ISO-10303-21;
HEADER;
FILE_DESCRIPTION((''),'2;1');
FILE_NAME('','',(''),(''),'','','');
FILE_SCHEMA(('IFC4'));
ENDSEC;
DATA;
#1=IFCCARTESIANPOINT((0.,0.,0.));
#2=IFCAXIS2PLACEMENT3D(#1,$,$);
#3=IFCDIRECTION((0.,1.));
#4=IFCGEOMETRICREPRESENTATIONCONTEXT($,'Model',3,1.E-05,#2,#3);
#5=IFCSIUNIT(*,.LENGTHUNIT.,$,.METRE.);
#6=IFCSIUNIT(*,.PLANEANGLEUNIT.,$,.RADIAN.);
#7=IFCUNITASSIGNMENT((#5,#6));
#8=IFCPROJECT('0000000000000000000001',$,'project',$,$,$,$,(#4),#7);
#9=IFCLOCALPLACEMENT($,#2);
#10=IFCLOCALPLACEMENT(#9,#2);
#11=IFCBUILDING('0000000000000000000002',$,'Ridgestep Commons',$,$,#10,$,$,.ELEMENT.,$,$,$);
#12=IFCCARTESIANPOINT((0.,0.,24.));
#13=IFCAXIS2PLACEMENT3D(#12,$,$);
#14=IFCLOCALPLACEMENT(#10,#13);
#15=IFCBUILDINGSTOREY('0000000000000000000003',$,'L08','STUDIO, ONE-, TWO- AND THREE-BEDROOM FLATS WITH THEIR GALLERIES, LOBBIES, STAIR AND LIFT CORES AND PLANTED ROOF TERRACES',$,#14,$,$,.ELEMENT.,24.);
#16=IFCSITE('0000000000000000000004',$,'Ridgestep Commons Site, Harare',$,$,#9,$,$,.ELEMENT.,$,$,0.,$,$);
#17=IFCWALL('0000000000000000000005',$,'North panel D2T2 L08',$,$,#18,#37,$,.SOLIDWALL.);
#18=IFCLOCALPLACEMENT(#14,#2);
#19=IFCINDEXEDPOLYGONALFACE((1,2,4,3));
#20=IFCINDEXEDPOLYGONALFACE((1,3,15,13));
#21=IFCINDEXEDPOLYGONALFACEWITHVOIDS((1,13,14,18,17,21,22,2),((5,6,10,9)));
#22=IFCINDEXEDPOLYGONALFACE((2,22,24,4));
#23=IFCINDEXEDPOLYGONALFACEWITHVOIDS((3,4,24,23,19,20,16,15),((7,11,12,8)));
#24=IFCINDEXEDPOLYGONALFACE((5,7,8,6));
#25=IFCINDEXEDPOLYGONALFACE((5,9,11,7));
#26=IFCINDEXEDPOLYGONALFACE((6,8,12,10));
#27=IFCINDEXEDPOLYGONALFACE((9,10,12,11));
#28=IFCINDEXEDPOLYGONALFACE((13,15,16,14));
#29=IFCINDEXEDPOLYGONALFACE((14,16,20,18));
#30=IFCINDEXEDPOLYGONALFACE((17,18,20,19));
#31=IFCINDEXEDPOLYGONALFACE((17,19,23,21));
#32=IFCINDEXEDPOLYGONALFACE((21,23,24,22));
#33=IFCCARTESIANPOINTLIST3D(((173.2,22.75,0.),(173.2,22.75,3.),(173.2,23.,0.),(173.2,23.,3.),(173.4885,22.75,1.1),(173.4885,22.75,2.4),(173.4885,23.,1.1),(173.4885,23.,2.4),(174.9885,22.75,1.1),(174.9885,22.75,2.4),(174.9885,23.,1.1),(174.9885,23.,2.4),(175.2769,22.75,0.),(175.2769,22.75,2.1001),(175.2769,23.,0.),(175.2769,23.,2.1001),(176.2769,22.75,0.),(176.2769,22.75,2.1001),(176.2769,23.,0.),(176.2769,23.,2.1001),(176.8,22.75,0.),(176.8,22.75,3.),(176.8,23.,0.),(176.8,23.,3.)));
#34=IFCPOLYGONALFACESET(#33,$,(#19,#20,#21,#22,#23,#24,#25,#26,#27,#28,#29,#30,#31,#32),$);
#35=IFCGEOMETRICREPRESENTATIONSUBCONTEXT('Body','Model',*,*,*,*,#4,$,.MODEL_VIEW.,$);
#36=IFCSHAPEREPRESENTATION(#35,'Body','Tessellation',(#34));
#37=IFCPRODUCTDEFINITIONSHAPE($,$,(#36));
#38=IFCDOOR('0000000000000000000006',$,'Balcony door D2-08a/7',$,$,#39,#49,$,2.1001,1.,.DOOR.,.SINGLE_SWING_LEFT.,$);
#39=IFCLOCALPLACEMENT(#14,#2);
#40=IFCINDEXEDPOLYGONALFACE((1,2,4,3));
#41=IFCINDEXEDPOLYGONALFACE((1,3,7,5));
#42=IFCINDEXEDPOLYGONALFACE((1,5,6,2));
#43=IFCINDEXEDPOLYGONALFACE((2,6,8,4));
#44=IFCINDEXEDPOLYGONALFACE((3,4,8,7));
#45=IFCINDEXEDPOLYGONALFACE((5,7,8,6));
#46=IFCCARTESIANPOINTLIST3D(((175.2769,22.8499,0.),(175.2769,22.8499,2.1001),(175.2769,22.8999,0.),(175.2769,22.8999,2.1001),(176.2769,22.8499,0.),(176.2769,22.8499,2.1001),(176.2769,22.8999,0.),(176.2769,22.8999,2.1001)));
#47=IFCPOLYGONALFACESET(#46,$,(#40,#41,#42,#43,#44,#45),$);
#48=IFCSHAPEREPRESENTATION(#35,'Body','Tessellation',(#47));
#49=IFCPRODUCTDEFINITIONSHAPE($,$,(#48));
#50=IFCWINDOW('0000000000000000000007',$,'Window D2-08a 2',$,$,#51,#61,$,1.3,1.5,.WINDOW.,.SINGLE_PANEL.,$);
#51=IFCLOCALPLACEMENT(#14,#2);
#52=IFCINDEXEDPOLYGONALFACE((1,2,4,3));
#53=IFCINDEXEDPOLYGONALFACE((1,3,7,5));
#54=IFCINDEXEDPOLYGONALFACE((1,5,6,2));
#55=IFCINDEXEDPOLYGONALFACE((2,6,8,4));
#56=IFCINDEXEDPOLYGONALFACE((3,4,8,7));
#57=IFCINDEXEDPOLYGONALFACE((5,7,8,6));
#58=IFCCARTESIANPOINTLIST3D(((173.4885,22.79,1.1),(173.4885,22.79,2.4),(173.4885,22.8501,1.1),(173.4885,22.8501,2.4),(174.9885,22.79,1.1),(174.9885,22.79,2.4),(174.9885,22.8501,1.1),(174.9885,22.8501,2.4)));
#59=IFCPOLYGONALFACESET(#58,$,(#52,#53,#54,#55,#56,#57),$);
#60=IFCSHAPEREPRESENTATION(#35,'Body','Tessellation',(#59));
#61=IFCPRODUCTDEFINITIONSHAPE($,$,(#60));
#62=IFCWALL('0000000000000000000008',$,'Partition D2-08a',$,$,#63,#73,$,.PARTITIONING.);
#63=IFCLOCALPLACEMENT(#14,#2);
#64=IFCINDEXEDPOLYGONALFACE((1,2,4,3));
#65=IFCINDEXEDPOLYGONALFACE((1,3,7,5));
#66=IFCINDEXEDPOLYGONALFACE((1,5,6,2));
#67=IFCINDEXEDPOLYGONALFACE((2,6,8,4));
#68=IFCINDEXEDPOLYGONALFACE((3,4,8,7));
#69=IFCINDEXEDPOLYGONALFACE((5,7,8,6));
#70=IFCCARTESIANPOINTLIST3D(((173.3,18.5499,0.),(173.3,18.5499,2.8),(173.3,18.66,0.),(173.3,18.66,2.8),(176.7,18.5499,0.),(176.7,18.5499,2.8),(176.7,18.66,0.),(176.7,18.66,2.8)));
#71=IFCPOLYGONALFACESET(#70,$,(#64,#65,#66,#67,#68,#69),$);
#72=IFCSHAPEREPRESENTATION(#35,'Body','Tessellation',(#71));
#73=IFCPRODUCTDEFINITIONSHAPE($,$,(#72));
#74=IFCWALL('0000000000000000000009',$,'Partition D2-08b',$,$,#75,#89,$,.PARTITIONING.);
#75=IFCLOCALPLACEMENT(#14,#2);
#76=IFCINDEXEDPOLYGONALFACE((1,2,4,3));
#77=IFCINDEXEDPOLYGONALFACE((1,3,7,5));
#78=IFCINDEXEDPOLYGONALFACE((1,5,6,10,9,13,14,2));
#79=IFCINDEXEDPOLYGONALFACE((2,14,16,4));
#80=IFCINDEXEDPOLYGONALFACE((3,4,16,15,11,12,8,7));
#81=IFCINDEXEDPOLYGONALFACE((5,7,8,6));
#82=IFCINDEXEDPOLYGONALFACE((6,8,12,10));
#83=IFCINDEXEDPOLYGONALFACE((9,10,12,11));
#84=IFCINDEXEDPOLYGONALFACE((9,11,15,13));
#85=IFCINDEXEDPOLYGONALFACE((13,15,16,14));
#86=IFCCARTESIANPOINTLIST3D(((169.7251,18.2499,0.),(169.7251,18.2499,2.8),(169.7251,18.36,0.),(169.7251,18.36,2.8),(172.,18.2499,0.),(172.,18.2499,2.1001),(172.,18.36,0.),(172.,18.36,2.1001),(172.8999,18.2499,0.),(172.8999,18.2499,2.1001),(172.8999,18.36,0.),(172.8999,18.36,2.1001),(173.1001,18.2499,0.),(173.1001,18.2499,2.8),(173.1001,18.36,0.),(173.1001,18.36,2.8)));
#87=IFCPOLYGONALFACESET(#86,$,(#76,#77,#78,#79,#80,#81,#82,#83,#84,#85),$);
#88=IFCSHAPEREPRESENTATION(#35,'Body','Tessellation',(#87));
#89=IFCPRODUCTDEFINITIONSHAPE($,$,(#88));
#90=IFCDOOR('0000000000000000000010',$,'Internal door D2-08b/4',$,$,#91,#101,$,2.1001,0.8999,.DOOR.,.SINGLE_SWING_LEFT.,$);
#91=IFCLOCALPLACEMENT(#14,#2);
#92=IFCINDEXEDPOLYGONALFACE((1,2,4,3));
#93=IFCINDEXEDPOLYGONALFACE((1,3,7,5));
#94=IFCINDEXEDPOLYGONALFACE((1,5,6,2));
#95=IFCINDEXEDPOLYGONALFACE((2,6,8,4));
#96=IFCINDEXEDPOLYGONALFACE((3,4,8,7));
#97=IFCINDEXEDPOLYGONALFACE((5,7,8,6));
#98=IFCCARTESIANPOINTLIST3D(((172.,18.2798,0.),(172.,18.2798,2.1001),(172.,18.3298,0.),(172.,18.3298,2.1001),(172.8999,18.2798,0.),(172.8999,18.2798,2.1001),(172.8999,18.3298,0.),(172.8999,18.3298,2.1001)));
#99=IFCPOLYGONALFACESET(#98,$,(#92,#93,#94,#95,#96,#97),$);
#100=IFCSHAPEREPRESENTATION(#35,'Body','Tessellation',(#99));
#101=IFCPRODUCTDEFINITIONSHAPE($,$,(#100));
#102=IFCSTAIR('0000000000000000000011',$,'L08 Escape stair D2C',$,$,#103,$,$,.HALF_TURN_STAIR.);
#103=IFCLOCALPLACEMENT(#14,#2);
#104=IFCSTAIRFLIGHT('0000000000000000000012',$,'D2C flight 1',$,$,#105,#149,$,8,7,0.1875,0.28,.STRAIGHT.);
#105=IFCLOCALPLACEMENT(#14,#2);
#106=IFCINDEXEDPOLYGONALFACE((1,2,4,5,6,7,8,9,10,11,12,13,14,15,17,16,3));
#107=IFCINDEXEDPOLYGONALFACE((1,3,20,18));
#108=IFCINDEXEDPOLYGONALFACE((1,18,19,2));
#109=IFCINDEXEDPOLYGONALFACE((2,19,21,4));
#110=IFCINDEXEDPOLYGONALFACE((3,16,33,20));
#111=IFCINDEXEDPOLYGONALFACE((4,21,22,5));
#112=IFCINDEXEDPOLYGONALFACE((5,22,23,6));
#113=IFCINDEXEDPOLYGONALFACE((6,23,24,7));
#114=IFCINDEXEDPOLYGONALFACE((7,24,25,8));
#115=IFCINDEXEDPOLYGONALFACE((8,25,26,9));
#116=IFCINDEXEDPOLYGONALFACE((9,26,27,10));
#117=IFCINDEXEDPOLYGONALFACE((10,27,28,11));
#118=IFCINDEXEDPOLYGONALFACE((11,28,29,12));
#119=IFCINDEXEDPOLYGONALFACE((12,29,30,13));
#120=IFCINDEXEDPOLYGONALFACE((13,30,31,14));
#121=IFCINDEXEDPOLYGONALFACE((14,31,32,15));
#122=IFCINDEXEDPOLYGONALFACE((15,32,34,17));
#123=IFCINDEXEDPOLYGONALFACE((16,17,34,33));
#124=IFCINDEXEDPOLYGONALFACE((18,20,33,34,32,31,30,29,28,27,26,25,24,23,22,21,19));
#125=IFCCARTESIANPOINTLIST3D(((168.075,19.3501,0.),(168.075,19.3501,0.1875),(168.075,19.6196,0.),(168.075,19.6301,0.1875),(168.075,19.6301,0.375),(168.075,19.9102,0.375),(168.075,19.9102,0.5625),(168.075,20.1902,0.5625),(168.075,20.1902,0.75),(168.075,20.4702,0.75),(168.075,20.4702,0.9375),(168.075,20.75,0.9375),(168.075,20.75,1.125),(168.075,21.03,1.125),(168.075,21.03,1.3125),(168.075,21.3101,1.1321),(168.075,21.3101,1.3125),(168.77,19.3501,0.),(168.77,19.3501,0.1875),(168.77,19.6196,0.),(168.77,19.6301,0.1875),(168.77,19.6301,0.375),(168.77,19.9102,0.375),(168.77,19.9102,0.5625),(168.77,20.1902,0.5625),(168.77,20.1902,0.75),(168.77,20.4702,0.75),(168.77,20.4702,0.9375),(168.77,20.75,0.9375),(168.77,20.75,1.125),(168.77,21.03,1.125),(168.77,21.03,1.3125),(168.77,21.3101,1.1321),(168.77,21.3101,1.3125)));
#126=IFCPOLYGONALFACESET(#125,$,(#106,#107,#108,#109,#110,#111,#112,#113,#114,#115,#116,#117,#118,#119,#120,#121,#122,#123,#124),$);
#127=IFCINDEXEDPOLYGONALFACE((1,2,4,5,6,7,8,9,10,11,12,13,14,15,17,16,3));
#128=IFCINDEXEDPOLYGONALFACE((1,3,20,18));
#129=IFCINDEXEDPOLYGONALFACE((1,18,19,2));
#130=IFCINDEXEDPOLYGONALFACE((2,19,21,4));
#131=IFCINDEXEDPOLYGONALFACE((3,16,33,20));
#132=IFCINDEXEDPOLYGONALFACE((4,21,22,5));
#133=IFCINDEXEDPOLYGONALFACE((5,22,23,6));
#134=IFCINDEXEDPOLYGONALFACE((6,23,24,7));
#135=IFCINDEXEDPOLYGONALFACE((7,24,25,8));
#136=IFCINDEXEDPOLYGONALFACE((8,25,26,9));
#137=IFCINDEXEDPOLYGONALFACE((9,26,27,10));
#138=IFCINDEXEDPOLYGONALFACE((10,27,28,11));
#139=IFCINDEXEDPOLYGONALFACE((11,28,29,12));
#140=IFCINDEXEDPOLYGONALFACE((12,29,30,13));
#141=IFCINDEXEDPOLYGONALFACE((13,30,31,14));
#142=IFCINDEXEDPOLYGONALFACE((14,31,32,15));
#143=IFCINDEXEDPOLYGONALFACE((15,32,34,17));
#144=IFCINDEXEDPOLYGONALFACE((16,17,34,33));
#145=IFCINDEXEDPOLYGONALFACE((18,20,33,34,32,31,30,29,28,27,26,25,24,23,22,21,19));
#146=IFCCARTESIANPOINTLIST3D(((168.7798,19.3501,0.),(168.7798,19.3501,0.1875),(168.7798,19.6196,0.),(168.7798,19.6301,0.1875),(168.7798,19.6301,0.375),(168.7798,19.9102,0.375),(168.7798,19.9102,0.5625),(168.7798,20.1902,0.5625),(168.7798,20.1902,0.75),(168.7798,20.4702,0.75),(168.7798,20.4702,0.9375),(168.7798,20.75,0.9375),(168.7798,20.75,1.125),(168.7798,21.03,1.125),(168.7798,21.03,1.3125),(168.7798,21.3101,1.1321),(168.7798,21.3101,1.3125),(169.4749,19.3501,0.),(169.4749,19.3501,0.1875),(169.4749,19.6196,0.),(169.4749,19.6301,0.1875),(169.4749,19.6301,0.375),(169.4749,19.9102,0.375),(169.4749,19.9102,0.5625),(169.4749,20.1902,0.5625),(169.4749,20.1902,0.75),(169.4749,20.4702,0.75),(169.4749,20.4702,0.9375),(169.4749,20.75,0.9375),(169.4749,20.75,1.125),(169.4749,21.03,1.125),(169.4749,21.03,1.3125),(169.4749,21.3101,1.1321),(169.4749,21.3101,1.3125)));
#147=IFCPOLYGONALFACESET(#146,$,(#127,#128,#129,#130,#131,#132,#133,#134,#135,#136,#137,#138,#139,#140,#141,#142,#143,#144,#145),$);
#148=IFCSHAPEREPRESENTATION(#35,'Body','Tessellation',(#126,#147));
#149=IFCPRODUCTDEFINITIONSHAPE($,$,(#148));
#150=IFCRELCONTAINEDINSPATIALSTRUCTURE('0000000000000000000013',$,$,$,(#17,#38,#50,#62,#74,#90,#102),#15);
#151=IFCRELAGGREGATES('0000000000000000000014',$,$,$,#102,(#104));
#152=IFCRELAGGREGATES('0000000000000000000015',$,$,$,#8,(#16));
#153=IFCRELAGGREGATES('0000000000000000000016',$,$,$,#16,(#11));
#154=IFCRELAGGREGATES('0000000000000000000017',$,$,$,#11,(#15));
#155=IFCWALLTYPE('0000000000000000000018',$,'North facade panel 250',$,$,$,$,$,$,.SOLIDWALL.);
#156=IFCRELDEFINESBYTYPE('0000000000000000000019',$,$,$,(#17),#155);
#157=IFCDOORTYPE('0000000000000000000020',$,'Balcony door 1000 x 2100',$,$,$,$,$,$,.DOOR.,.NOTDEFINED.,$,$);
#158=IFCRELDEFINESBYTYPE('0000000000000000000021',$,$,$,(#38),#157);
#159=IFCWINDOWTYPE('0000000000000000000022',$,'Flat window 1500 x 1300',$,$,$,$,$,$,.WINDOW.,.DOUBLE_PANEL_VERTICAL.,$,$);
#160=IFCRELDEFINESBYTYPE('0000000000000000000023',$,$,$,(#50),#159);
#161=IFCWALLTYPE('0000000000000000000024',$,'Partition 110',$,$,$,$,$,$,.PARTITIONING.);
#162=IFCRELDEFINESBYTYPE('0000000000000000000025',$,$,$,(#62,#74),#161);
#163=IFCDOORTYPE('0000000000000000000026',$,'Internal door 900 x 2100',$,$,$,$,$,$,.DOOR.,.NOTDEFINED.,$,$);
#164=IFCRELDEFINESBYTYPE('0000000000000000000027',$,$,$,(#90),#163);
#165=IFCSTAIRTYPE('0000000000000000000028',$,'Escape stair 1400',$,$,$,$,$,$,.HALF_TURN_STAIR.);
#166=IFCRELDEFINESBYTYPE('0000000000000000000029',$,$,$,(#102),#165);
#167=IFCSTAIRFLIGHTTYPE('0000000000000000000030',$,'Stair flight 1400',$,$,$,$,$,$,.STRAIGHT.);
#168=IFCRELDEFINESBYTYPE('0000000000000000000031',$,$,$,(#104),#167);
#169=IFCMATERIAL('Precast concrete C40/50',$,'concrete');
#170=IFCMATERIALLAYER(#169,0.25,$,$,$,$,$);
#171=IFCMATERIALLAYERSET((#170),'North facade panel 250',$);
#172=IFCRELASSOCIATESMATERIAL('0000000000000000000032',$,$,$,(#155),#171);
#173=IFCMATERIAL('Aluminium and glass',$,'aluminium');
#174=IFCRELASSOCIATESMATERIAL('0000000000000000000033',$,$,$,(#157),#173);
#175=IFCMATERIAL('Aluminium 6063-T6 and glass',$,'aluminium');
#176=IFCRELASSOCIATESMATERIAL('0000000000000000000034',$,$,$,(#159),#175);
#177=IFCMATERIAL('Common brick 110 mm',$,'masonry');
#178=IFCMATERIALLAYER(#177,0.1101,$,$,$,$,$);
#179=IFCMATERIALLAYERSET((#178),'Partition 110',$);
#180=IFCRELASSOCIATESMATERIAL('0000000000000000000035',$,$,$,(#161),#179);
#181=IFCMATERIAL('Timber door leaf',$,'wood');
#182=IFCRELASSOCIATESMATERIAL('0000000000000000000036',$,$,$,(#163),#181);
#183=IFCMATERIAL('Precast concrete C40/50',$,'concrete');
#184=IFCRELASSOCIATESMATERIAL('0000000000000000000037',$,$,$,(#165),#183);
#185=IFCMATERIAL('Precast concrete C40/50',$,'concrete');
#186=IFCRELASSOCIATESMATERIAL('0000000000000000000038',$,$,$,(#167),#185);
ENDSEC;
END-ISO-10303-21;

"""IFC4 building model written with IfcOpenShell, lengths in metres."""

from ifc_helpers import new_model, si_unit, direction, frame, frame_2d, origin, place, context, subcontext, project, spatial, polyline, rectangle, outline, extrude, material, layer, layer_set, type_object, element, fill, aggregate, save


model = new_model("IFC4")

# Units and contexts
model_context = context("Model", 3, precision=1e-05, world=origin(), true_north=direction((0.0, 1.0)))
body_context = subcontext(model_context, "Body", "Model", "MODEL_VIEW")
ifc_project = project(units=[si_unit("LENGTHUNIT", "METRE"), si_unit("PLANEANGLEUNIT", "RADIAN")], contexts=[model_context])

# Site, building, storey
site_placement = place(None, origin())
site = spatial("IfcSite", under=ifc_project, at=site_placement, Name="Ridgestep Commons Site, Harare", CompositionType="ELEMENT", RefElevation=0.0)
building_placement = place(site_placement, origin())
building = spatial("IfcBuilding", under=site, at=building_placement, Name="Ridgestep Commons", CompositionType="ELEMENT")
storey_placement = place(building_placement, frame((0.0, 0.0, 24.0)))
storey = spatial("IfcBuildingStorey", under=building, at=storey_placement, Name="L08", Description="STUDIO, ONE-, TWO- AND THREE-BEDROOM FLATS WITH THEIR GALLERIES, LOBBIES, STAIR AND LIFT CORES AND PLANTED ROOF TERRACES", CompositionType="ELEMENT", Elevation=24.0)

# Shared definitions
ifc_material_1 = material(Name="Precast concrete C40/50", Category="concrete")
ifc_layer_1 = layer(ifc_material_1, 0.25)
ifc_layer_set_1 = layer_set([ifc_layer_1], Name="North facade panel 250")
wall_type_1 = type_object("IfcWallType", Name="North facade panel 250", PredefinedType="SOLIDWALL", material=ifc_layer_set_1)

# Wall, openings, door, window
wall_1_placement = place(storey_placement, frame((173.2, 22.875, 0.0), z_axis=(0.0, 0.0, 1.0), x_axis=(1.0, 0.0, 0.0)))
wall_1 = element("IfcWall", 1, at=wall_1_placement, inside=storey, type_object=wall_type_1, Name="North panel D2T2 L08", PredefinedType="SOLIDWALL", context=body_context, shape_type="SweptSolid", body=[
    extrude(rectangle(XDim=3.6001, YDim=0.25, at=frame_2d((1.8, 0.0))), origin(), (0.0, 0.0, 1.0), 3.0),
])
opening_1_placement = place(wall_1_placement, frame((0.2886, 0.0, 1.1001)))
opening_1 = element("IfcOpeningElement", 2, at=opening_1_placement, cuts=wall_1, PredefinedType="OPENING", context=body_context, shape_type="SweptSolid", body=[
    extrude(rectangle(XDim=1.5, YDim=1.3, at=frame_2d((0.75, 0.6499))), frame((0.0, 0.135, 0.0), z_axis=(0.0, -1.0, 0.0), x_axis=(1.0, 0.0, 0.0)), (0.0, 0.0, 1.0), 0.27),
])
opening_2_placement = place(wall_1_placement, frame((2.0769, 0.0, 0.0)))
opening_2 = element("IfcOpeningElement", 3, at=opening_2_placement, cuts=wall_1, PredefinedType="OPENING", context=body_context, shape_type="SweptSolid", body=[
    extrude(rectangle(XDim=1.0, YDim=2.1001, at=frame_2d((0.5, 1.05))), frame((0.0, 0.135, 0.0), z_axis=(0.0, -1.0, 0.0), x_axis=(1.0, 0.0, 0.0)), (0.0, 0.0, 1.0), 0.27),
])
ifc_material_2 = material(Name="Aluminium and glass", Category="aluminium")
door_type_1 = type_object("IfcDoorType", Name="Balcony door 1000 x 2100", OperationType="NOTDEFINED", PredefinedType="DOOR", material=ifc_material_2)
door_1_placement = place(opening_2_placement, origin())
door_1 = element("IfcDoor", 4, at=door_1_placement, inside=storey, type_object=door_type_1, Name="Balcony door D2-08a/7", OperationType="SINGLE_SWING_LEFT", OverallHeight=2.1001, OverallWidth=1.0, PredefinedType="DOOR", context=body_context, shape_type="SweptSolid", body=[
    extrude(rectangle(XDim=1.0, YDim=2.1001, at=frame_2d((0.5, 1.05))), frame((0.0, 0.0249, 0.0), z_axis=(0.0, -1.0, 0.0), x_axis=(1.0, 0.0, 0.0)), (0.0, 0.0, 1.0), 0.05),
])
fill(opening_2, door_1)
ifc_material_3 = material(Name="Aluminium 6063-T6 and glass", Category="aluminium")
window_type_1 = type_object("IfcWindowType", Name="Flat window 1500 x 1300", PartitioningType="DOUBLE_PANEL_VERTICAL", PredefinedType="WINDOW", material=ifc_material_3)
window_1_placement = place(opening_1_placement, origin())
window_1 = element("IfcWindow", 5, at=window_1_placement, inside=storey, type_object=window_type_1, Name="Window D2-08a 2", OverallHeight=1.3, OverallWidth=1.5, PartitioningType="SINGLE_PANEL", PredefinedType="WINDOW", context=body_context, shape_type="SweptSolid", body=[
    extrude(rectangle(XDim=1.5, YDim=1.3, at=frame_2d((0.75, 0.6499))), frame((0.0, -0.0249, 0.0), z_axis=(0.0, -1.0, 0.0), x_axis=(1.0, 0.0, 0.0)), (0.0, 0.0, 1.0), 0.0601),
])
fill(opening_1, window_1)

# Wall
ifc_material_4 = material(Name="Common brick 110 mm", Category="masonry")
ifc_layer_2 = layer(ifc_material_4, 0.1101)
ifc_layer_set_2 = layer_set([ifc_layer_2], Name="Partition 110")
wall_type_2 = type_object("IfcWallType", Name="Partition 110", PredefinedType="PARTITIONING", material=ifc_layer_set_2)
wall_2_placement = place(storey_placement, frame((173.3, 18.605, 0.0), z_axis=(0.0, 0.0, 1.0), x_axis=(1.0, 0.0, 0.0)))
element("IfcWall", 6, at=wall_2_placement, inside=storey, type_object=wall_type_2, Name="Partition D2-08a", PredefinedType="PARTITIONING", context=body_context, shape_type="SweptSolid", body=[
    extrude(rectangle(XDim=3.3999, YDim=0.1101, at=frame_2d((1.7, 0.0))), origin(), (0.0, 0.0, 1.0), 2.8),
])

# Wall, opening, door
wall_3_placement = place(storey_placement, frame((169.7251, 18.3049, 0.0), z_axis=(0.0, 0.0, 1.0), x_axis=(1.0, 0.0, 0.0)))
wall_3 = element("IfcWall", 7, at=wall_3_placement, inside=storey, type_object=wall_type_2, Name="Partition D2-08b", PredefinedType="PARTITIONING", context=body_context, shape_type="SweptSolid", body=[
    extrude(rectangle(XDim=3.375, YDim=0.1101, at=frame_2d((1.6875, 0.0))), origin(), (0.0, 0.0, 1.0), 2.8),
])
opening_3_placement = place(wall_3_placement, frame((2.2749, 0.0, 0.0)))
opening_3 = element("IfcOpeningElement", 8, at=opening_3_placement, cuts=wall_3, PredefinedType="OPENING", context=body_context, shape_type="SweptSolid", body=[
    extrude(rectangle(XDim=0.8999, YDim=2.1001, at=frame_2d((0.45, 1.05))), frame((0.0, 0.0649, 0.0), z_axis=(0.0, -1.0, 0.0), x_axis=(1.0, 0.0, 0.0)), (0.0, 0.0, 1.0), 0.1301),
])
ifc_material_5 = material(Name="Timber door leaf", Category="wood")
door_type_2 = type_object("IfcDoorType", Name="Internal door 900 x 2100", OperationType="NOTDEFINED", PredefinedType="DOOR", material=ifc_material_5)
door_2_placement = place(opening_3_placement, origin())
door_2 = element("IfcDoor", 9, at=door_2_placement, inside=storey, type_object=door_type_2, Name="Internal door D2-08b/4", OperationType="SINGLE_SWING_LEFT", OverallHeight=2.1001, OverallWidth=0.8999, PredefinedType="DOOR", context=body_context, shape_type="SweptSolid", body=[
    extrude(rectangle(XDim=0.8999, YDim=2.1001, at=frame_2d((0.45, 1.05))), frame((0.0, 0.0249, 0.0), z_axis=(0.0, -1.0, 0.0), x_axis=(1.0, 0.0, 0.0)), (0.0, 0.0, 1.0), 0.05),
])
fill(opening_3, door_2)

# Stair, stair flight
ifc_material_6 = material(Name="Precast concrete C40/50", Category="concrete")
stair_type = type_object("IfcStairType", Name="Escape stair 1400", PredefinedType="HALF_TURN_STAIR", material=ifc_material_6)
stair_placement = place(storey_placement, origin())
stair = element("IfcStair", 10, at=stair_placement, inside=storey, type_object=stair_type, Name="L08 Escape stair D2C", PredefinedType="HALF_TURN_STAIR")
ifc_material_7 = material(Name="Precast concrete C40/50", Category="concrete")
stair_flight_type = type_object("IfcStairFlightType", Name="Stair flight 1400", PredefinedType="STRAIGHT", material=ifc_material_7)
stair_flight_placement = place(storey_placement, frame((168.7749, 19.3501, 0.0), z_axis=(0.0, 0.0, 1.0), x_axis=(0.0, 1.0, 0.0)))
stair_flight = element("IfcStairFlight", 11, at=stair_flight_placement, type_object=stair_flight_type, Name="D2C flight 1", NumberOfRisers=8, NumberOfTreads=7, PredefinedType="STRAIGHT", RiserHeight=0.1875, TreadLength=0.28, context=body_context, shape_type="SweptSolid", body=[
    extrude(outline(polyline([(0.0, 0.0), (0.0, 0.1875), (0.28, 0.1875), (0.28, 0.375), (0.5601, 0.375), (0.5601, 0.5625), (0.8401, 0.5625), (0.8401, 0.75), (1.1201, 0.75), (1.1201, 0.9375), (1.3999, 0.9375), (1.3999, 1.125), (1.6799, 1.125), (1.6799, 1.3125), (1.96, 1.3125), (1.96, 1.5), (1.96, 1.1321), (0.2695, 0.0), (0.0, 0.0)])), frame((0.0, 0.7, 0.0), z_axis=(0.0, -1.0, 0.0), x_axis=(1.0, 0.0, 0.0)), (0.0, 0.0, 1.0), 0.6951),
    extrude(outline(polyline([(0.0, 0.0), (0.0, 0.1875), (0.28, 0.1875), (0.28, 0.375), (0.5601, 0.375), (0.5601, 0.5625), (0.8401, 0.5625), (0.8401, 0.75), (1.1201, 0.75), (1.1201, 0.9375), (1.3999, 0.9375), (1.3999, 1.125), (1.6799, 1.125), (1.6799, 1.3125), (1.96, 1.3125), (1.96, 1.5), (1.96, 1.1321), (0.2695, 0.0), (0.0, 0.0)])), frame((0.0, -0.0049, 0.0), z_axis=(0.0, -1.0, 0.0), x_axis=(1.0, 0.0, 0.0)), (0.0, 0.0, 1.0), 0.6951),
])
aggregate(stair, [stair_flight])

save(model, "model.ifc")
